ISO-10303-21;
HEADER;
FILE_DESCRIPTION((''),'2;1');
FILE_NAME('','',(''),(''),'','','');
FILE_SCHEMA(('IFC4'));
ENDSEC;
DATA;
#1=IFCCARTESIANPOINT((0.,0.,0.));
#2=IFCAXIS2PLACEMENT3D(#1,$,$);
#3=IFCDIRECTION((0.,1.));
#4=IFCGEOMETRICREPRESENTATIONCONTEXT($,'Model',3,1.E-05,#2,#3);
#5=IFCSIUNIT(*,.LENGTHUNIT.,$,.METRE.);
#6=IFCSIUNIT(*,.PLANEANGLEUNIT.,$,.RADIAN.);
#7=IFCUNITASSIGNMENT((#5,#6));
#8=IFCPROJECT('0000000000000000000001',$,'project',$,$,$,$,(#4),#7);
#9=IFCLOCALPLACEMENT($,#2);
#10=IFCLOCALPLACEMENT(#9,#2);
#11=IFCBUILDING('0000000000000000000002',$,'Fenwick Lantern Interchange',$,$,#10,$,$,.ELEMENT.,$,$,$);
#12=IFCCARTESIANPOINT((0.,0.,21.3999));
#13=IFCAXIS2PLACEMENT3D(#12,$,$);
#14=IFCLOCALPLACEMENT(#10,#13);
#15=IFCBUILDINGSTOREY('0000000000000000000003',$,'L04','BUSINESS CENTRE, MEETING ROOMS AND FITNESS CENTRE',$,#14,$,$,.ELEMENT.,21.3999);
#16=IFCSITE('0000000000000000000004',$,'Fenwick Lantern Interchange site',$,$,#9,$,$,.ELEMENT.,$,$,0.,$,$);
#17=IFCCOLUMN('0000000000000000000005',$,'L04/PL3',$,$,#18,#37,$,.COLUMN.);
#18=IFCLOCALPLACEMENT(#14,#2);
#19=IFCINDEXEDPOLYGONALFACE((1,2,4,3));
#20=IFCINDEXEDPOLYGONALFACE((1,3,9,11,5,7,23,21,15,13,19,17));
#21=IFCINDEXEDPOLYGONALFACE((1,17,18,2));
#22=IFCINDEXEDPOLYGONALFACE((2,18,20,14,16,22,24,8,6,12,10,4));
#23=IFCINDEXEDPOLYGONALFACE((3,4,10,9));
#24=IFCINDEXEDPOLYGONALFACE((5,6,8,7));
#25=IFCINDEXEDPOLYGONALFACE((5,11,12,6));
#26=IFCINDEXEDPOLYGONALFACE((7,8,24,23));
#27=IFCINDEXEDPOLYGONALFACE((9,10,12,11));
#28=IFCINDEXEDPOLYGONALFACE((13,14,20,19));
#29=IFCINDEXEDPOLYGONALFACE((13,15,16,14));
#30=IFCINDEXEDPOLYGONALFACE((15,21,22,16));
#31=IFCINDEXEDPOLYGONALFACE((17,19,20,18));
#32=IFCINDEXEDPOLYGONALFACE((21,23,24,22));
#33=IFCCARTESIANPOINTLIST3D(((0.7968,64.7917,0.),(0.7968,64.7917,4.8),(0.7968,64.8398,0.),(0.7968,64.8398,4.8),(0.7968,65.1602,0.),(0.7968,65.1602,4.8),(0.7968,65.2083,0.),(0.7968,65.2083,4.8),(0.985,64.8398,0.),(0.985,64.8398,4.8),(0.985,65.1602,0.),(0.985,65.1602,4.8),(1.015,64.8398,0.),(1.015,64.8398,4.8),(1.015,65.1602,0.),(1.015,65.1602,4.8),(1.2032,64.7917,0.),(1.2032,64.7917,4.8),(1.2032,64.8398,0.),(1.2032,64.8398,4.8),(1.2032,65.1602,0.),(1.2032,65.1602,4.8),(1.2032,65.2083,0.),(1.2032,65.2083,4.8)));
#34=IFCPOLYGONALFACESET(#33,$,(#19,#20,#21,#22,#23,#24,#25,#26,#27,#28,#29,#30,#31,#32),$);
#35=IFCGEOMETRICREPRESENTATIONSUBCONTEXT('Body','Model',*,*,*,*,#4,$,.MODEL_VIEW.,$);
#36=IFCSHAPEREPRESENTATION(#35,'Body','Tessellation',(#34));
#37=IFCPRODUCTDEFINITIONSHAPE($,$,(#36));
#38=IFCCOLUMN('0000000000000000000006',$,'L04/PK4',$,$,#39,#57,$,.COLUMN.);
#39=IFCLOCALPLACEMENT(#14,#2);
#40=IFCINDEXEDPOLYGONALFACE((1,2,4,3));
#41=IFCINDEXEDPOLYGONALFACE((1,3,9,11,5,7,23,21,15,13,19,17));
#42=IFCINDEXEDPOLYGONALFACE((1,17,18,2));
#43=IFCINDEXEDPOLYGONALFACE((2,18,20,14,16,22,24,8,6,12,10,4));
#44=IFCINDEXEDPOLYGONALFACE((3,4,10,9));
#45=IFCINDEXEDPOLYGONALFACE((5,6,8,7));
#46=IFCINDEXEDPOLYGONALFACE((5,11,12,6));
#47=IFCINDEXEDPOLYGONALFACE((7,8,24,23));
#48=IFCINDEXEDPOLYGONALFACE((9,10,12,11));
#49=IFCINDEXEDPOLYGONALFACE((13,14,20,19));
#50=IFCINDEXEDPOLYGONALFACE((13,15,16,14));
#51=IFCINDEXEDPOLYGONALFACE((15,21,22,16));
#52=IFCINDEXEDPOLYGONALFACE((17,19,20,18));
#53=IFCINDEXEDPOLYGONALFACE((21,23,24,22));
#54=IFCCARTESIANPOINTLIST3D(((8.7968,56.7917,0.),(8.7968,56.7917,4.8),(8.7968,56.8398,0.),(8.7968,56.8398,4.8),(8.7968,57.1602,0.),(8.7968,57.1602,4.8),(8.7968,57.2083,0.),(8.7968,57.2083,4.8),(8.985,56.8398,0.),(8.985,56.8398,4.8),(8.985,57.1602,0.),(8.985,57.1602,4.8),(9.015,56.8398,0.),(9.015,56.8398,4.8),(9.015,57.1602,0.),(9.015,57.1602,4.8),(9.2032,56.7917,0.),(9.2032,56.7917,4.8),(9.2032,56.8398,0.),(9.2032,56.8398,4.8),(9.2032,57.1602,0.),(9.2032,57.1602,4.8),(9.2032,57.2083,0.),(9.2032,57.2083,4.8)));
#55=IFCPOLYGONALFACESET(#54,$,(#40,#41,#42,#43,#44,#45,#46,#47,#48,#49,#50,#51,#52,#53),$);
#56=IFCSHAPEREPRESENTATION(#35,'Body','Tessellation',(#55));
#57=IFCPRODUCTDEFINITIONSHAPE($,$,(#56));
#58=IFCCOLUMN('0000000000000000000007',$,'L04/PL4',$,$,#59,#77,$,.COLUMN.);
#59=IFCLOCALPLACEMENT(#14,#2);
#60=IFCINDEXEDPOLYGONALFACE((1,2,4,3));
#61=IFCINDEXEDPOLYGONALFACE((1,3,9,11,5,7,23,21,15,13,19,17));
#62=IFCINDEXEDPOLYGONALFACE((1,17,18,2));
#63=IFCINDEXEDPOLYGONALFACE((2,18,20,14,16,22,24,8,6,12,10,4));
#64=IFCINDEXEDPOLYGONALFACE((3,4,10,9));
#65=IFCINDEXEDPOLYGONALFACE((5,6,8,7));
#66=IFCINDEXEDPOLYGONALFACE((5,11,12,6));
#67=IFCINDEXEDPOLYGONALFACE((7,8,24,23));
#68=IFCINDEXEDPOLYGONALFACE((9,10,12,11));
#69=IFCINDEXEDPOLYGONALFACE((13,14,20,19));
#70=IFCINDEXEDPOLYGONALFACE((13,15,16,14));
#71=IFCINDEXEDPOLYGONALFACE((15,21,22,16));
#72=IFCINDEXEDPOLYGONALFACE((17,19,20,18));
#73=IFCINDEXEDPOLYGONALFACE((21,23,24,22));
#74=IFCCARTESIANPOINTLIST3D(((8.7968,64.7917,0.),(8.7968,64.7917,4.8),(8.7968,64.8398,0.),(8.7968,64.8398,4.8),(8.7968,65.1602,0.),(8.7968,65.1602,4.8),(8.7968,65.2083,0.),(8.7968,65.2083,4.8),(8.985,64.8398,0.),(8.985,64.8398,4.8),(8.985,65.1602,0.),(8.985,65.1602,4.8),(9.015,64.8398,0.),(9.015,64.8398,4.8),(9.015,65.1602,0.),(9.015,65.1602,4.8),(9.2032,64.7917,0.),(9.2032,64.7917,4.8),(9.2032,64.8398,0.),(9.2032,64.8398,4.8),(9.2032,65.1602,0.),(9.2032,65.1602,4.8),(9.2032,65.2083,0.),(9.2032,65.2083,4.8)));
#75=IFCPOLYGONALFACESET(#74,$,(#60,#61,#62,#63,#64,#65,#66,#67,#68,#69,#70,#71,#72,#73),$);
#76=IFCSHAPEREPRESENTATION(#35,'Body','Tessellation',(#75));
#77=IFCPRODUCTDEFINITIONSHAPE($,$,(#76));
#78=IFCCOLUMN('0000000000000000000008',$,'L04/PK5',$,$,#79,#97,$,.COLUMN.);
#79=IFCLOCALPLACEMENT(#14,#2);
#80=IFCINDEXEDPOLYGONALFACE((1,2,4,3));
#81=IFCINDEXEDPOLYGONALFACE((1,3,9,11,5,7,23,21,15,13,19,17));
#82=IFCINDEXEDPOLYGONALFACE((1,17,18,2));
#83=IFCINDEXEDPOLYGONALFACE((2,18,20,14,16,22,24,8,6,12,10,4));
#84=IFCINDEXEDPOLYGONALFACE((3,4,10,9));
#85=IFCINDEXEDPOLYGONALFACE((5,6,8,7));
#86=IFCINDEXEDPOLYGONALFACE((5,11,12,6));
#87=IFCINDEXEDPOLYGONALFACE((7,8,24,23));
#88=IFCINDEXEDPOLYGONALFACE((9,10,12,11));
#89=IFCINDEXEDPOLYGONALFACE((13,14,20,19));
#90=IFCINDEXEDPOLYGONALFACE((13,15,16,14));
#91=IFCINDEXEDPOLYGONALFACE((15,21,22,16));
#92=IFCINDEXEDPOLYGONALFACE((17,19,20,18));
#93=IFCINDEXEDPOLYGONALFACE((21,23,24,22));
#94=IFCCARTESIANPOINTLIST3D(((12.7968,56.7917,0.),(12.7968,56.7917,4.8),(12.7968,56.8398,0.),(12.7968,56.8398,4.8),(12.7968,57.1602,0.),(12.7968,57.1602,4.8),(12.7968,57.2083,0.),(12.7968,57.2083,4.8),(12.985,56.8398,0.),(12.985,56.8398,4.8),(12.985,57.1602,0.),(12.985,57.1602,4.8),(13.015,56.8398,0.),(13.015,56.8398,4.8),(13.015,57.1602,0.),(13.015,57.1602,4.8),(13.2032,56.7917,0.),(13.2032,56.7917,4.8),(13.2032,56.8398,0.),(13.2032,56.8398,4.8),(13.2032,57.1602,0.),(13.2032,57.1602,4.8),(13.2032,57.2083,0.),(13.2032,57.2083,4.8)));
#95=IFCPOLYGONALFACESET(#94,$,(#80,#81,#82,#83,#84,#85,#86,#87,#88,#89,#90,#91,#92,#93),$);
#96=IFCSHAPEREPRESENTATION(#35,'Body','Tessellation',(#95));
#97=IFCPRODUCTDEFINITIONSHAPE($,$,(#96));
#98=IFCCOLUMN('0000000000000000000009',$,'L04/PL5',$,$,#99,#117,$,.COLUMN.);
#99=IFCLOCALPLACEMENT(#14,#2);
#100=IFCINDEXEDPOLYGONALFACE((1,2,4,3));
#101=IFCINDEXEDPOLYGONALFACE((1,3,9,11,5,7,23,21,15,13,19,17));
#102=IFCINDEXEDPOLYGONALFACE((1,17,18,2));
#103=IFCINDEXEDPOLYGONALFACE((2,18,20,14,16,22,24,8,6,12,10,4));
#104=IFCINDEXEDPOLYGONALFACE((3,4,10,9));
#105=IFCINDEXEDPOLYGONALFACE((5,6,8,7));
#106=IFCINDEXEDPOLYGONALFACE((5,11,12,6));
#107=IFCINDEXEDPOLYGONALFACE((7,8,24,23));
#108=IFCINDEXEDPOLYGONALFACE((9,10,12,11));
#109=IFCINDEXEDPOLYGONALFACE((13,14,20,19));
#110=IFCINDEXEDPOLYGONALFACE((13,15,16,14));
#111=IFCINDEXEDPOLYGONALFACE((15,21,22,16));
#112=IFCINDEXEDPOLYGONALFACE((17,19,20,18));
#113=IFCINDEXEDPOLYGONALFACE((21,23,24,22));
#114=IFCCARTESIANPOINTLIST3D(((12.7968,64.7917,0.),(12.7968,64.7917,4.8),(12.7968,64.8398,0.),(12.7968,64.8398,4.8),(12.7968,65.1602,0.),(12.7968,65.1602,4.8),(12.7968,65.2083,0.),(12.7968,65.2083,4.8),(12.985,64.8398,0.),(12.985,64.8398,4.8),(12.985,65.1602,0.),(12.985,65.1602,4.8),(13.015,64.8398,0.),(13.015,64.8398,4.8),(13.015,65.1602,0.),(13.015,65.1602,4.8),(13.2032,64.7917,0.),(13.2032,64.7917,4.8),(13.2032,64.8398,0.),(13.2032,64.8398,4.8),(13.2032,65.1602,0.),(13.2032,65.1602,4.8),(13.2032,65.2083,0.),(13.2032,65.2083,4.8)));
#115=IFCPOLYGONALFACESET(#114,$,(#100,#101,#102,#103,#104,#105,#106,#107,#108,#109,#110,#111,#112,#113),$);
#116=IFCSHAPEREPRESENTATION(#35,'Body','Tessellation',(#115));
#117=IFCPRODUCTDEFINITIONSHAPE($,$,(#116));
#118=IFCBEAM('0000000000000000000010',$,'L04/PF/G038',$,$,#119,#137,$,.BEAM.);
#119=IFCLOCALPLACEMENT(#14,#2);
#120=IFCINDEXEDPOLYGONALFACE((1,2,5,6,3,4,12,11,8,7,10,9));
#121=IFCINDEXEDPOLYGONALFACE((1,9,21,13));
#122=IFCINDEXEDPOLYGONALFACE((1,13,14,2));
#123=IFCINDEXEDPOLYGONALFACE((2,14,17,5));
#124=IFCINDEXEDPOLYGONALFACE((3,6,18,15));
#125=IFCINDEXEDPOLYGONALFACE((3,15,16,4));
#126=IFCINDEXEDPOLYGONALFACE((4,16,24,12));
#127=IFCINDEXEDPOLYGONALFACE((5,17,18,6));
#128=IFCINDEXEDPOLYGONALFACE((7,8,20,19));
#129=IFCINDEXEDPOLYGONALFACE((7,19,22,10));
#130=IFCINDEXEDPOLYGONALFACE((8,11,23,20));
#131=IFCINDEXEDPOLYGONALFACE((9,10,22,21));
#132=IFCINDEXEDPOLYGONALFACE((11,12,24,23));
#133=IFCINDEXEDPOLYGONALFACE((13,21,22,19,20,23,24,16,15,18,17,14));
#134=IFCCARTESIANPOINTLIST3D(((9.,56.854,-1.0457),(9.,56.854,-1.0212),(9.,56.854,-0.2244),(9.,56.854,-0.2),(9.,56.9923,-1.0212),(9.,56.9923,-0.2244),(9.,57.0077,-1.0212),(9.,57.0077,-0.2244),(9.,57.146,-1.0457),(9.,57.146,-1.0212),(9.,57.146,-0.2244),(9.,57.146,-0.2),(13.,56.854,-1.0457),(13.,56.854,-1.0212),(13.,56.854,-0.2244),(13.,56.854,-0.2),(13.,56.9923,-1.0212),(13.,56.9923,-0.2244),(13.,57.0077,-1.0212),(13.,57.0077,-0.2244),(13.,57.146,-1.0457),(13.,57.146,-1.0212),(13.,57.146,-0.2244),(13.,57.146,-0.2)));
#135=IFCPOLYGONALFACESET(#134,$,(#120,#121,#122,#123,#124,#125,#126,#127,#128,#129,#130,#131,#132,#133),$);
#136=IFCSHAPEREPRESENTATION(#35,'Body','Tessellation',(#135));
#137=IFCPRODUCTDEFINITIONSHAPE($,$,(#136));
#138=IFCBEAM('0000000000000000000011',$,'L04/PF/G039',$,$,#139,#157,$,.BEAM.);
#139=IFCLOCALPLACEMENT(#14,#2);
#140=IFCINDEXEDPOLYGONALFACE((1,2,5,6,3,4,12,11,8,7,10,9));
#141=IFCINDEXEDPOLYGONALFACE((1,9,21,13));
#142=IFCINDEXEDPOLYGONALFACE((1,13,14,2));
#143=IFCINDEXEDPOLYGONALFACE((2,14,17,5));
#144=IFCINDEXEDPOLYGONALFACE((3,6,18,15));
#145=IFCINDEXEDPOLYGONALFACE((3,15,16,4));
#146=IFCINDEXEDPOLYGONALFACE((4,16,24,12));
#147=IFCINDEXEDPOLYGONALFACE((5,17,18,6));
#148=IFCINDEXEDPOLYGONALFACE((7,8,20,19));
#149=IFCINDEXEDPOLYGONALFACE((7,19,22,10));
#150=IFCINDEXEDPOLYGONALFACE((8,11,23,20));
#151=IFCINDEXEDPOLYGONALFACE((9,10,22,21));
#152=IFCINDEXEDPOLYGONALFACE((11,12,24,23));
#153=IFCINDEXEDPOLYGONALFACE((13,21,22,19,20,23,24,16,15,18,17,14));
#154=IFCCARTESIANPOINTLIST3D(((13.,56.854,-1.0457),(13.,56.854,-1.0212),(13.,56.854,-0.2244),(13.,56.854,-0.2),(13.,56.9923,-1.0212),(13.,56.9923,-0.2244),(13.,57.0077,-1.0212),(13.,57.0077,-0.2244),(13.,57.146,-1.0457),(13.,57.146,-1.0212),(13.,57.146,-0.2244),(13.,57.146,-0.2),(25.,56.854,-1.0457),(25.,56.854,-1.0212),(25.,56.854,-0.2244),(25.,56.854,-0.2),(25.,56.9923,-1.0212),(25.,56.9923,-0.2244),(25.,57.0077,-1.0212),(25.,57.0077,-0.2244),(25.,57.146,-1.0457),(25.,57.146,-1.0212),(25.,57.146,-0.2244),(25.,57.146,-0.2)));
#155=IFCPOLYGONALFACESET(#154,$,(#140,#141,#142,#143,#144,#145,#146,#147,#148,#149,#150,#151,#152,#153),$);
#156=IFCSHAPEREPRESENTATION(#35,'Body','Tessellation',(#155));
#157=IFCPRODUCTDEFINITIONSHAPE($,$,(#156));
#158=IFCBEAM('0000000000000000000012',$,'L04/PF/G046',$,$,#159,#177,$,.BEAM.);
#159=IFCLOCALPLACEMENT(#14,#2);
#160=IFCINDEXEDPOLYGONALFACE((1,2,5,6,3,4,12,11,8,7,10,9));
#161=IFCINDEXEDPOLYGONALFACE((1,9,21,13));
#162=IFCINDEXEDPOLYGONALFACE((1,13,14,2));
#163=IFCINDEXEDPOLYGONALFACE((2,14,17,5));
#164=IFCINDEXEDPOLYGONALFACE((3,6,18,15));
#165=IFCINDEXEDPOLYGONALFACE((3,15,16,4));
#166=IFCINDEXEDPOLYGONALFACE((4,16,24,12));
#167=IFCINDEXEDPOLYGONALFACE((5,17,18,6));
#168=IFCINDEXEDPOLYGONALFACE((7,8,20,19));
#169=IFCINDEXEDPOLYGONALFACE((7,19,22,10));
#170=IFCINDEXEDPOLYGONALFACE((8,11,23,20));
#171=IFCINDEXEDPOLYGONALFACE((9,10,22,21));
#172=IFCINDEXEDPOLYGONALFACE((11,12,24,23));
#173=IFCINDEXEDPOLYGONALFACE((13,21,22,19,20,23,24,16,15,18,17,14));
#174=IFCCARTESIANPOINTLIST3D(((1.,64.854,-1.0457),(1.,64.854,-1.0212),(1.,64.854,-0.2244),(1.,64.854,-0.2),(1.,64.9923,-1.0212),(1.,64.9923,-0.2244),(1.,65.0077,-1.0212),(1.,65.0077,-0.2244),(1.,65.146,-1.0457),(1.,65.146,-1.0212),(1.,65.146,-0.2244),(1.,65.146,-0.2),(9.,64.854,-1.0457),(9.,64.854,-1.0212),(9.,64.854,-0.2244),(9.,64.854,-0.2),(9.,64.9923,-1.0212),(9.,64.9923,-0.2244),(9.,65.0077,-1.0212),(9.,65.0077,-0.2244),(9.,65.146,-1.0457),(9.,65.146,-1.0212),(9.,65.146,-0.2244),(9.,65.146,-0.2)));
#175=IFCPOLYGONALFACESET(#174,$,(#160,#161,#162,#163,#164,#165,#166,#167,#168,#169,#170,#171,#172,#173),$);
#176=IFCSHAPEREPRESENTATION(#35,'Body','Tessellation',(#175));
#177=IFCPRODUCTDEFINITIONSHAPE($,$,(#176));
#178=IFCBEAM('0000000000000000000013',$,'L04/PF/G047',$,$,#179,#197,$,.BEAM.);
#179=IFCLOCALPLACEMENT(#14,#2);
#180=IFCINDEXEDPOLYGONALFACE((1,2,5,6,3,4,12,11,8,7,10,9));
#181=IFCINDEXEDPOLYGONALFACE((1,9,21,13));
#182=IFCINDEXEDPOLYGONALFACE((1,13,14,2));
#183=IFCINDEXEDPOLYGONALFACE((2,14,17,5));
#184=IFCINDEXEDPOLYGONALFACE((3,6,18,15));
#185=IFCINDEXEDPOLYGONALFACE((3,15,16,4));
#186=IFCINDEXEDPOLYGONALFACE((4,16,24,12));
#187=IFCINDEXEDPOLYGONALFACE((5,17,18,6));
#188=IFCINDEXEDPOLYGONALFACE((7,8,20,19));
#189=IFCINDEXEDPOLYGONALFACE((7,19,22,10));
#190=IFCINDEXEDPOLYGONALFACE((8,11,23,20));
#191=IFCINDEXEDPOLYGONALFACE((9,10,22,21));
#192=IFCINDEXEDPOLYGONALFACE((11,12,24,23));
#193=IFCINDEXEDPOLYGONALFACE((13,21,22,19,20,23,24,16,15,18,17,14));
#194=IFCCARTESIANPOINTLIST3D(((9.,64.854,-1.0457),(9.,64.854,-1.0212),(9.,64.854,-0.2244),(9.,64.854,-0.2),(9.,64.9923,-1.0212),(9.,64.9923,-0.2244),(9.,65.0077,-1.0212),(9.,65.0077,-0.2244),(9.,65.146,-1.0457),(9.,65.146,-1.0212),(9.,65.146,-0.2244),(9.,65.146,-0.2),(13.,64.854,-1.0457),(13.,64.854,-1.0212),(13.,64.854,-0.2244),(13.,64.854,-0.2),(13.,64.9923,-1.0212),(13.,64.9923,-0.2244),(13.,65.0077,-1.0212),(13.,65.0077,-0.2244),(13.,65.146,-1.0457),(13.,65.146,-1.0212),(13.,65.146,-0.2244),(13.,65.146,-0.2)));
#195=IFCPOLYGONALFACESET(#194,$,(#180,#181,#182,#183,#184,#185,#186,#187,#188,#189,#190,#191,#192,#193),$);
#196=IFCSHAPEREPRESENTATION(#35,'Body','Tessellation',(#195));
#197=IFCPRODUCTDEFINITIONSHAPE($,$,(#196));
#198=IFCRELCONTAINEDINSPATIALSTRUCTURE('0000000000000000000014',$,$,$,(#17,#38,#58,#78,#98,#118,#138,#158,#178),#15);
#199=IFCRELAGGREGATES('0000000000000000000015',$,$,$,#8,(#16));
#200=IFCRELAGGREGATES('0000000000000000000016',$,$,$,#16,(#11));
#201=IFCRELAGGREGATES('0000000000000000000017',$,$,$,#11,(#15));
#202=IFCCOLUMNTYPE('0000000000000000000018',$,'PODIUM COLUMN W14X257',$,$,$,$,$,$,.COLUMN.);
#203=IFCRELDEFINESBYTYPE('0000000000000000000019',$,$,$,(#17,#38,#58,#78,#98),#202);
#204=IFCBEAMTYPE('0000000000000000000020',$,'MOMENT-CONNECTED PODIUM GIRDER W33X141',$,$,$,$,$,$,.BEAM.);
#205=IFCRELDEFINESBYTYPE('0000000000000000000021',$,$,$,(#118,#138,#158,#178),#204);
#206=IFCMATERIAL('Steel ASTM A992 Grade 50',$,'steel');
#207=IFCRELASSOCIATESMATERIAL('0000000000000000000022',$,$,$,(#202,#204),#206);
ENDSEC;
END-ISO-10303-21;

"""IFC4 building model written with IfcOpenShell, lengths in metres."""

from ifc_helpers import new_model, si_unit, direction, frame, origin, origin_2d, place, context, subcontext, project, spatial, i_section, extrude, material, material_profile, profile_set, type_object, element, save


model = new_model("IFC4")

# Units and contexts
model_context = context("Model", 3, precision=1e-05, world=origin(), true_north=direction((0.0, 1.0)))
body_context = subcontext(model_context, "Body", "Model", "MODEL_VIEW")
ifc_project = project(units=[si_unit("LENGTHUNIT", "METRE"), si_unit("PLANEANGLEUNIT", "RADIAN")], contexts=[model_context])

# Site, building, storey
site_placement = place(None, origin())
site = spatial("IfcSite", under=ifc_project, at=site_placement, Name="Fenwick Lantern Interchange site", CompositionType="ELEMENT", RefElevation=0.0)
building_placement = place(site_placement, origin())
building = spatial("IfcBuilding", under=site, at=building_placement, Name="Fenwick Lantern Interchange", CompositionType="ELEMENT")
storey_placement = place(building_placement, frame((0.0, 0.0, 21.3999)))
storey = spatial("IfcBuildingStorey", under=building, at=storey_placement, Name="L04", Description="BUSINESS CENTRE, MEETING ROOMS AND FITNESS CENTRE", CompositionType="ELEMENT", Elevation=21.3999)

# Columns
ifc_material_1 = material(Name="Steel ASTM A992 Grade 50", Category="steel")
ifc_material_profile_1 = material_profile(ifc_material_1, i_section(OverallWidth=0.4065, OverallDepth=0.4165, WebThickness=0.03, FlangeThickness=0.0481, at=origin_2d()), Name="W14X257")
ifc_profile_set_1 = profile_set([ifc_material_profile_1], Name="Steel ASTM A992 Grade 50")
column_type = type_object("IfcColumnType", Name="PODIUM COLUMN W14X257", PredefinedType="COLUMN", material=ifc_profile_set_1)
for number, where, z_axis, x_axis, name in (
    (1, (1.0, 65.0, 0.0), (0.0, 0.0, 1.0), (1.0, 0.0, 0.0), "L04/PL3"),
    (2, (9.0, 57.0, 0.0), (0.0, 0.0, 1.0), (1.0, 0.0, 0.0), "L04/PK4"),
    (3, (9.0, 65.0, 0.0), (0.0, 0.0, 1.0), (1.0, 0.0, 0.0), "L04/PL4"),
    (4, (13.0, 57.0, 0.0), (0.0, 0.0, 1.0), (1.0, 0.0, 0.0), "L04/PK5"),
    (5, (13.0, 65.0, 0.0), (0.0, 0.0, 1.0), (1.0, 0.0, 0.0), "L04/PL5"),
):
    element("IfcColumn", number, at=place(storey_placement, frame(where, z_axis=z_axis, x_axis=x_axis)), inside=storey, type_object=column_type, Name=name, PredefinedType="COLUMN", context=body_context, shape_type="SweptSolid", body=[
        extrude(i_section(OverallWidth=0.4065, OverallDepth=0.4165, WebThickness=0.03, FlangeThickness=0.0481, at=origin_2d()), origin(), (0.0, 0.0, 1.0), 4.8),
    ])

# Beams
ifc_material_profile_2 = material_profile(ifc_material_1, i_section(OverallWidth=0.292, OverallDepth=0.8457, WebThickness=0.0154, FlangeThickness=0.0244, at=origin_2d()), Name="W33X141")
ifc_profile_set_2 = profile_set([ifc_material_profile_2], Name="Steel ASTM A992 Grade 50")
beam_type_1 = type_object("IfcBeamType", Name="MOMENT-CONNECTED PODIUM GIRDER W33X141", PredefinedType="BEAM", material=ifc_profile_set_2)
beam_1_placement = place(storey_placement, frame((9.0, 57.0, -0.6228), z_axis=(1.0, 0.0, 0.0), x_axis=(0.0, 1.0, 0.0)))
element("IfcBeam", 6, at=beam_1_placement, inside=storey, type_object=beam_type_1, Name="L04/PF/G038", PredefinedType="BEAM", context=body_context, shape_type="SweptSolid", body=[
    extrude(i_section(OverallWidth=0.292, OverallDepth=0.8457, WebThickness=0.0154, FlangeThickness=0.0244, at=origin_2d()), origin(), (0.0, 0.0, 1.0), 4.0),
])
beam_2_placement = place(storey_placement, frame((13.0, 57.0, -0.6228), z_axis=(1.0, 0.0, 0.0), x_axis=(0.0, 1.0, 0.0)))
element("IfcBeam", 7, at=beam_2_placement, inside=storey, type_object=beam_type_1, Name="L04/PF/G039", PredefinedType="BEAM", context=body_context, shape_type="SweptSolid", body=[
    extrude(i_section(OverallWidth=0.292, OverallDepth=0.8457, WebThickness=0.0154, FlangeThickness=0.0244, at=origin_2d()), origin(), (0.0, 0.0, 1.0), 12.0),
])
beam_3_placement = place(storey_placement, frame((1.0, 65.0, -0.6228), z_axis=(1.0, 0.0, 0.0), x_axis=(0.0, 1.0, 0.0)))
element("IfcBeam", 8, at=beam_3_placement, inside=storey, type_object=beam_type_1, Name="L04/PF/G046", PredefinedType="BEAM", context=body_context, shape_type="SweptSolid", body=[
    extrude(i_section(OverallWidth=0.292, OverallDepth=0.8457, WebThickness=0.0154, FlangeThickness=0.0244, at=origin_2d()), origin(), (0.0, 0.0, 1.0), 8.0),
])
beam_4_placement = place(storey_placement, frame((9.0, 65.0, -0.6228), z_axis=(1.0, 0.0, 0.0), x_axis=(0.0, 1.0, 0.0)))
element("IfcBeam", 9, at=beam_4_placement, inside=storey, type_object=beam_type_1, Name="L04/PF/G047", PredefinedType="BEAM", context=body_context, shape_type="SweptSolid", body=[
    extrude(i_section(OverallWidth=0.292, OverallDepth=0.8457, WebThickness=0.0154, FlangeThickness=0.0244, at=origin_2d()), origin(), (0.0, 0.0, 1.0), 4.0),
])

save(model, "model.ifc")
